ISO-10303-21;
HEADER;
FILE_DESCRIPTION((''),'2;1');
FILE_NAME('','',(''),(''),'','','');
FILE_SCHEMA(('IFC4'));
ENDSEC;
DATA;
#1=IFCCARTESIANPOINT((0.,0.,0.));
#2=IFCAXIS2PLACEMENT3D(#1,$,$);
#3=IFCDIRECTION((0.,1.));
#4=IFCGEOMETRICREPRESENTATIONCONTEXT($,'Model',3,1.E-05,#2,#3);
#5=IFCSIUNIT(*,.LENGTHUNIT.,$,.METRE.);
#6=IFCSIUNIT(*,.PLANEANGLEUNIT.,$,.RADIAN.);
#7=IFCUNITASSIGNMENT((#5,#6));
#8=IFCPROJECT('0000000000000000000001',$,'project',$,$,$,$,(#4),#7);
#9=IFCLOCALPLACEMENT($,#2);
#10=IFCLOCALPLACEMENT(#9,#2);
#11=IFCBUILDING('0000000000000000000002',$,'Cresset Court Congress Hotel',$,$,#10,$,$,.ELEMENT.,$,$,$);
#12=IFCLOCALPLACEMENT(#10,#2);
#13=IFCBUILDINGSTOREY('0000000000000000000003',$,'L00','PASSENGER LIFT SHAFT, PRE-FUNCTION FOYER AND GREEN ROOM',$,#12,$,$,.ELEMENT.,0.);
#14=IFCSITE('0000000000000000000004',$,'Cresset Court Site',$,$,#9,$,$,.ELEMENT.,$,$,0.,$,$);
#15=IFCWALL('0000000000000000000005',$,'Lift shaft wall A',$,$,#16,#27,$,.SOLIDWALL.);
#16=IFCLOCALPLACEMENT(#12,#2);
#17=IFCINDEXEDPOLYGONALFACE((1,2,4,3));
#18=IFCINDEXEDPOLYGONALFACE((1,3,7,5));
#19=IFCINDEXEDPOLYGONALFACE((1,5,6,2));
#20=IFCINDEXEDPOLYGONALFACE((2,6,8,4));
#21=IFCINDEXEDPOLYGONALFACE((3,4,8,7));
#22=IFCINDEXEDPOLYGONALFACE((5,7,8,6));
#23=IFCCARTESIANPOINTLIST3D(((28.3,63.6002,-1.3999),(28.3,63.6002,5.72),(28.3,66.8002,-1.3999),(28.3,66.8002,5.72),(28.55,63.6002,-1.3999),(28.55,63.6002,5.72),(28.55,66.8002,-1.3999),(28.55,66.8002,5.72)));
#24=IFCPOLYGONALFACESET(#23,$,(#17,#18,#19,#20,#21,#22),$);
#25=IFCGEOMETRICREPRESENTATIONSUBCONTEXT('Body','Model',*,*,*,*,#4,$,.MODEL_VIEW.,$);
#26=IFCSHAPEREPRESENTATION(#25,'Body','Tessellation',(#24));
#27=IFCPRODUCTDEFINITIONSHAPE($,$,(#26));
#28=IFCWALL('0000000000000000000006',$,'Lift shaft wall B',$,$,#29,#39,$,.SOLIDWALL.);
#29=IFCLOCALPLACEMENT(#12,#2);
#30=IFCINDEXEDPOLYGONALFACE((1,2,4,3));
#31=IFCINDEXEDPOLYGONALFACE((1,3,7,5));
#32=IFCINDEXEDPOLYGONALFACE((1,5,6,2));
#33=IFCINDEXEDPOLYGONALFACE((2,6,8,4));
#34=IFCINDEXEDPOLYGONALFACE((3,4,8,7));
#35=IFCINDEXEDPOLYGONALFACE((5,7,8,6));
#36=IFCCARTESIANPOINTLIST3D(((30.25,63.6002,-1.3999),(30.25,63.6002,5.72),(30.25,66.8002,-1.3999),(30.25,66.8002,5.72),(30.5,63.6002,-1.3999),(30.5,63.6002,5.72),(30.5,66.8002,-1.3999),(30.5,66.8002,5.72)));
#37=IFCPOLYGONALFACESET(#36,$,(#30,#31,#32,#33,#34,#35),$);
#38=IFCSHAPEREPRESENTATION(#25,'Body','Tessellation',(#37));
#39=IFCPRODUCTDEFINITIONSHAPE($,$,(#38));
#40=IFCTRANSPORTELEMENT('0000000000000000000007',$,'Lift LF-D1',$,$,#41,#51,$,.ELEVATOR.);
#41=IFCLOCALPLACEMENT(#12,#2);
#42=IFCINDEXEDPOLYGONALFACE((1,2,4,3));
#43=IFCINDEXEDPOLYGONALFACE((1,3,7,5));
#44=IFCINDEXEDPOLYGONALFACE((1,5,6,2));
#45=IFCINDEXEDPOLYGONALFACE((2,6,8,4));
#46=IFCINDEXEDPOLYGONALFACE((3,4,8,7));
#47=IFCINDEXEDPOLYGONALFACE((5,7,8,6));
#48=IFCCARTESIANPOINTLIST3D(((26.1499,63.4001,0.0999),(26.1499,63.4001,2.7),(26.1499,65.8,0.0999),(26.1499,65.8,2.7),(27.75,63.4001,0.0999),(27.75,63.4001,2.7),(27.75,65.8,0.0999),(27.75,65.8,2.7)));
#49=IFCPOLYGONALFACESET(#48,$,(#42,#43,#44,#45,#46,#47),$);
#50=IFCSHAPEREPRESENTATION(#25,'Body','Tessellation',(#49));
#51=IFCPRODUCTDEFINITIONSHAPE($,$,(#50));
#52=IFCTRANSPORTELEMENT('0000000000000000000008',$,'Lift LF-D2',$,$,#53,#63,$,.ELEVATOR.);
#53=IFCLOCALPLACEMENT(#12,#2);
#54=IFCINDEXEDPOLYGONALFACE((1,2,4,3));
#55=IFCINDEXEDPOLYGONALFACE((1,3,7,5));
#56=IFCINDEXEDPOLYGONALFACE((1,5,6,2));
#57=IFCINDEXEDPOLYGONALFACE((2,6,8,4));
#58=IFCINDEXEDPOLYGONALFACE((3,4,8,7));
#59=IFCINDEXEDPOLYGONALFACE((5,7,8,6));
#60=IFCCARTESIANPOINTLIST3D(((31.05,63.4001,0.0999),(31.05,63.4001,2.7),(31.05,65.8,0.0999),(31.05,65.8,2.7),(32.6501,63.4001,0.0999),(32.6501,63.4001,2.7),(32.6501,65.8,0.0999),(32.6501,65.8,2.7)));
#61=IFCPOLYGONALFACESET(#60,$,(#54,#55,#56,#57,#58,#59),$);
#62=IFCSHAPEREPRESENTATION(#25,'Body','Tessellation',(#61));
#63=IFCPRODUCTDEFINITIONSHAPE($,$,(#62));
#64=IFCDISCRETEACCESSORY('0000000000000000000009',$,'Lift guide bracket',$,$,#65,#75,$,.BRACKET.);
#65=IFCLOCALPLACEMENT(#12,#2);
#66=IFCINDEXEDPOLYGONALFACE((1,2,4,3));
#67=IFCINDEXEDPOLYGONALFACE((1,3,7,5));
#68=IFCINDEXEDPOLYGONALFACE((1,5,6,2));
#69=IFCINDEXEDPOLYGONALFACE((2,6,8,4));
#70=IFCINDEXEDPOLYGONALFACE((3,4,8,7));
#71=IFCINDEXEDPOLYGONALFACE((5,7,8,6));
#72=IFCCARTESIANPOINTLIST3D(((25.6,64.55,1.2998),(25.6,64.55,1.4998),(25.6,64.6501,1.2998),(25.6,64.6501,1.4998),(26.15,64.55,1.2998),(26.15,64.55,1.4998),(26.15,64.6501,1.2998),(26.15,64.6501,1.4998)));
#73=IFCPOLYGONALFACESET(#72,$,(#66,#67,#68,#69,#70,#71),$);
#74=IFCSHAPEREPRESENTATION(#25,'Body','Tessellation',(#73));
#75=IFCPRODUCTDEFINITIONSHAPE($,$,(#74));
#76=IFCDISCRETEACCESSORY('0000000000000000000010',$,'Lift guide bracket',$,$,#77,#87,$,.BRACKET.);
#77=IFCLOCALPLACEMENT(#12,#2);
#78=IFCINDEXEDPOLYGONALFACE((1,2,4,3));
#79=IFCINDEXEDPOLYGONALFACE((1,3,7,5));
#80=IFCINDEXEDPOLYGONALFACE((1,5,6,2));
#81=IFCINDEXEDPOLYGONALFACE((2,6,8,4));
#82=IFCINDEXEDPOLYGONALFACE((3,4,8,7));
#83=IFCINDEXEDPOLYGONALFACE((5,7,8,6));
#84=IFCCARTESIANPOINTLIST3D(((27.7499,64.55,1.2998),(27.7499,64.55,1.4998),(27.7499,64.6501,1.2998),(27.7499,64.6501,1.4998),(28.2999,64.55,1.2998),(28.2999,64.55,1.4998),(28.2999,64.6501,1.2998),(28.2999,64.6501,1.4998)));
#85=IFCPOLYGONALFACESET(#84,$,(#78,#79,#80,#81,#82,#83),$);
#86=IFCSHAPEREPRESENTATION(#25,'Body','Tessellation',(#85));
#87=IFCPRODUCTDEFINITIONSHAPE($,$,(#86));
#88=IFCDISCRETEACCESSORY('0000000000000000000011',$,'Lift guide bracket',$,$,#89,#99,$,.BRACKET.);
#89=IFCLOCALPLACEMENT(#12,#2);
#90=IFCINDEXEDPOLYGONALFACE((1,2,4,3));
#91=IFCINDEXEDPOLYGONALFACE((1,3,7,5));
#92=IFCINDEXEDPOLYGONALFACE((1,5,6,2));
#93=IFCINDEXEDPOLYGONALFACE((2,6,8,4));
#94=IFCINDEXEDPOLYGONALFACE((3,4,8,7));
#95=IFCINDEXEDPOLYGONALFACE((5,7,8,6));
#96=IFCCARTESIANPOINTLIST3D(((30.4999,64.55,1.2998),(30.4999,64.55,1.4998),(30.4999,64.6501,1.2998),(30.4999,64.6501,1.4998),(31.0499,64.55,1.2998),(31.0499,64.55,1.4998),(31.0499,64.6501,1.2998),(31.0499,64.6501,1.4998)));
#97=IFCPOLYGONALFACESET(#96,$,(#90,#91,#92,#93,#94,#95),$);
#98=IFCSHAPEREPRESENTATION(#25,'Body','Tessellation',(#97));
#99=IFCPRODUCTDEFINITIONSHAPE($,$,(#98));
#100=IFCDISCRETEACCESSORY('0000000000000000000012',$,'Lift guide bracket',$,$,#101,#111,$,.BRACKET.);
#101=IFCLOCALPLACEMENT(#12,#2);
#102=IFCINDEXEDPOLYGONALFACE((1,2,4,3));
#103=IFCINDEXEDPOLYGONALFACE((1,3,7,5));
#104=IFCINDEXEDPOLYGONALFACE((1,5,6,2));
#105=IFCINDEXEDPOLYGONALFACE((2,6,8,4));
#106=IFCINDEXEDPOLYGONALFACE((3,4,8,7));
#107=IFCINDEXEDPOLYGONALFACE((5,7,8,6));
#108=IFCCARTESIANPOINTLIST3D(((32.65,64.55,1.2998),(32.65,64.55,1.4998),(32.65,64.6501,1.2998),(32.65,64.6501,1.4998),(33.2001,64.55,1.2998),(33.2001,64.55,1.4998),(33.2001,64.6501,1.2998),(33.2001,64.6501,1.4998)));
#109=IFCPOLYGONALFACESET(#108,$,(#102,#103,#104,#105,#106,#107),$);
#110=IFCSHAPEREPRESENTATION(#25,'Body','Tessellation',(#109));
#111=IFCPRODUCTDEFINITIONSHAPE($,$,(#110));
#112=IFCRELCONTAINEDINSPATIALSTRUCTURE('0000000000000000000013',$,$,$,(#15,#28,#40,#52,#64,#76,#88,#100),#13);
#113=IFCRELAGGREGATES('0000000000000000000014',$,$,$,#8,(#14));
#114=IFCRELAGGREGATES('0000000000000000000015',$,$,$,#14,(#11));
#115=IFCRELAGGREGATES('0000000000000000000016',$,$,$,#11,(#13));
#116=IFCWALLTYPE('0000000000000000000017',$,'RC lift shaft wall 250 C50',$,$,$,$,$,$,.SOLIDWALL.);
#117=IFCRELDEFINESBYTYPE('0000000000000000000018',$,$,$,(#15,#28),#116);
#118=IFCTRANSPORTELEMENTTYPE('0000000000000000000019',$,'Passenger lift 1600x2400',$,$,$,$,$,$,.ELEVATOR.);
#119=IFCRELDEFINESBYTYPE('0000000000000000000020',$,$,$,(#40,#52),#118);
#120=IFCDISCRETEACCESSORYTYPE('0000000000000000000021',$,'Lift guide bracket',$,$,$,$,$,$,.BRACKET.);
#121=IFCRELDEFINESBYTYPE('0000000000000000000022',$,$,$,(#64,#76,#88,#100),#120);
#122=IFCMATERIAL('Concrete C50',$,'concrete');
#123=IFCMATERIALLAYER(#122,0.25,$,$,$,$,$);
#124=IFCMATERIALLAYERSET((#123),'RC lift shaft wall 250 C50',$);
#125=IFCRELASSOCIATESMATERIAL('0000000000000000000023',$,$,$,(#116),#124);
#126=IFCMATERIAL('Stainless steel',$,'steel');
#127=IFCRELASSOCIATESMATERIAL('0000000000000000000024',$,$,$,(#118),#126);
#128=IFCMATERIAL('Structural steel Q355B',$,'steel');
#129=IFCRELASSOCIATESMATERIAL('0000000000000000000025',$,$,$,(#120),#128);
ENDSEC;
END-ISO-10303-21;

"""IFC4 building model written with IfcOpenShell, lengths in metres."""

from ifc_helpers import new_model, si_unit, direction, frame, frame_2d, origin, origin_2d, place, context, subcontext, project, spatial, rectangle, extrude, material, layer, layer_set, type_object, element, save


model = new_model("IFC4")

# Units and contexts
model_context = context("Model", 3, precision=1e-05, world=origin(), true_north=direction((0.0, 1.0)))
body_context = subcontext(model_context, "Body", "Model", "MODEL_VIEW")
ifc_project = project(units=[si_unit("LENGTHUNIT", "METRE"), si_unit("PLANEANGLEUNIT", "RADIAN")], contexts=[model_context])

# Site, building, storey
site_placement = place(None, origin())
site = spatial("IfcSite", under=ifc_project, at=site_placement, Name="Cresset Court Site", CompositionType="ELEMENT", RefElevation=0.0)
building_placement = place(site_placement, origin())
building = spatial("IfcBuilding", under=site, at=building_placement, Name="Cresset Court Congress Hotel", CompositionType="ELEMENT")
storey_placement = place(building_placement, origin())
storey = spatial("IfcBuildingStorey", under=building, at=storey_placement, Name="L00", Description="PASSENGER LIFT SHAFT, PRE-FUNCTION FOYER AND GREEN ROOM", CompositionType="ELEMENT", Elevation=0.0)

# Shared definitions
ifc_material_1 = material(Name="Concrete C50", Category="concrete")
ifc_layer_1 = layer(ifc_material_1, 0.25)
ifc_layer_set_1 = layer_set([ifc_layer_1], Name="RC lift shaft wall 250 C50")
wall_type_1 = type_object("IfcWallType", Name="RC lift shaft wall 250 C50", PredefinedType="SOLIDWALL", material=ifc_layer_set_1)

# Walls
for number, where, z_axis, x_axis, name in (
    (1, (28.425, 63.6001, -1.3999), (0.0, 0.0, 1.0), (0.0, 1.0, 0.0), "Lift shaft wall A"),
    (2, (30.375, 63.6001, -1.3999), (0.0, 0.0, 1.0), (0.0, 1.0, 0.0), "Lift shaft wall B"),
):
    element("IfcWall", number, at=place(storey_placement, frame(where, z_axis=z_axis, x_axis=x_axis)), inside=storey, type_object=wall_type_1, Name=name, PredefinedType="SOLIDWALL", context=body_context, shape_type="SweptSolid", body=[
        extrude(rectangle(XDim=3.2, YDim=0.25, at=frame_2d((1.6001, 0.0))), origin(), (0.0, 0.0, 1.0), 7.1199),
    ])

# Transport elements
ifc_material_2 = material(Name="Stainless steel", Category="steel")
transport_element_type = type_object("IfcTransportElementType", Name="Passenger lift 1600x2400", PredefinedType="ELEVATOR", material=ifc_material_2)
for number, where, z_axis, x_axis, name in (
    (3, (26.95, 64.6001, 0.0999), (0.0, 0.0, 1.0), (1.0, 0.0, 0.0), "Lift LF-D1"),
    (4, (31.8501, 64.6001, 0.0999), (0.0, 0.0, 1.0), (1.0, 0.0, 0.0), "Lift LF-D2"),
):
    element("IfcTransportElement", number, at=place(storey_placement, frame(where, z_axis=z_axis, x_axis=x_axis)), inside=storey, type_object=transport_element_type, Name=name, PredefinedType="ELEVATOR", context=body_context, shape_type="SweptSolid", body=[
        extrude(rectangle(XDim=1.6001, YDim=2.3999, at=origin_2d()), origin(), (0.0, 0.0, 1.0), 2.6001),
    ])

# Discrete accessories
ifc_material_3 = material(Name="Structural steel Q355B", Category="steel")
discrete_accessory_type = type_object("IfcDiscreteAccessoryType", Name="Lift guide bracket", PredefinedType="BRACKET", material=ifc_material_3)
for number, where, z_axis, x_axis, name in (
    (5, (25.875, 64.6001, 1.2998), (0.0, 0.0, 1.0), (1.0, 0.0, 0.0), "Lift guide bracket"),
    (6, (28.0249, 64.6001, 1.2998), (0.0, 0.0, 1.0), (1.0, 0.0, 0.0), "Lift guide bracket"),
    (7, (30.7749, 64.6001, 1.2998), (0.0, 0.0, 1.0), (1.0, 0.0, 0.0), "Lift guide bracket"),
    (8, (32.925, 64.6001, 1.2998), (0.0, 0.0, 1.0), (1.0, 0.0, 0.0), "Lift guide bracket"),
):
    element("IfcDiscreteAccessory", number, at=place(storey_placement, frame(where, z_axis=z_axis, x_axis=x_axis)), inside=storey, type_object=discrete_accessory_type, Name=name, PredefinedType="BRACKET", context=body_context, shape_type="SweptSolid", body=[
        extrude(rectangle(XDim=0.55, YDim=0.1001, at=origin_2d()), origin(), (0.0, 0.0, 1.0), 0.2),
    ])

save(model, "model.ifc")
